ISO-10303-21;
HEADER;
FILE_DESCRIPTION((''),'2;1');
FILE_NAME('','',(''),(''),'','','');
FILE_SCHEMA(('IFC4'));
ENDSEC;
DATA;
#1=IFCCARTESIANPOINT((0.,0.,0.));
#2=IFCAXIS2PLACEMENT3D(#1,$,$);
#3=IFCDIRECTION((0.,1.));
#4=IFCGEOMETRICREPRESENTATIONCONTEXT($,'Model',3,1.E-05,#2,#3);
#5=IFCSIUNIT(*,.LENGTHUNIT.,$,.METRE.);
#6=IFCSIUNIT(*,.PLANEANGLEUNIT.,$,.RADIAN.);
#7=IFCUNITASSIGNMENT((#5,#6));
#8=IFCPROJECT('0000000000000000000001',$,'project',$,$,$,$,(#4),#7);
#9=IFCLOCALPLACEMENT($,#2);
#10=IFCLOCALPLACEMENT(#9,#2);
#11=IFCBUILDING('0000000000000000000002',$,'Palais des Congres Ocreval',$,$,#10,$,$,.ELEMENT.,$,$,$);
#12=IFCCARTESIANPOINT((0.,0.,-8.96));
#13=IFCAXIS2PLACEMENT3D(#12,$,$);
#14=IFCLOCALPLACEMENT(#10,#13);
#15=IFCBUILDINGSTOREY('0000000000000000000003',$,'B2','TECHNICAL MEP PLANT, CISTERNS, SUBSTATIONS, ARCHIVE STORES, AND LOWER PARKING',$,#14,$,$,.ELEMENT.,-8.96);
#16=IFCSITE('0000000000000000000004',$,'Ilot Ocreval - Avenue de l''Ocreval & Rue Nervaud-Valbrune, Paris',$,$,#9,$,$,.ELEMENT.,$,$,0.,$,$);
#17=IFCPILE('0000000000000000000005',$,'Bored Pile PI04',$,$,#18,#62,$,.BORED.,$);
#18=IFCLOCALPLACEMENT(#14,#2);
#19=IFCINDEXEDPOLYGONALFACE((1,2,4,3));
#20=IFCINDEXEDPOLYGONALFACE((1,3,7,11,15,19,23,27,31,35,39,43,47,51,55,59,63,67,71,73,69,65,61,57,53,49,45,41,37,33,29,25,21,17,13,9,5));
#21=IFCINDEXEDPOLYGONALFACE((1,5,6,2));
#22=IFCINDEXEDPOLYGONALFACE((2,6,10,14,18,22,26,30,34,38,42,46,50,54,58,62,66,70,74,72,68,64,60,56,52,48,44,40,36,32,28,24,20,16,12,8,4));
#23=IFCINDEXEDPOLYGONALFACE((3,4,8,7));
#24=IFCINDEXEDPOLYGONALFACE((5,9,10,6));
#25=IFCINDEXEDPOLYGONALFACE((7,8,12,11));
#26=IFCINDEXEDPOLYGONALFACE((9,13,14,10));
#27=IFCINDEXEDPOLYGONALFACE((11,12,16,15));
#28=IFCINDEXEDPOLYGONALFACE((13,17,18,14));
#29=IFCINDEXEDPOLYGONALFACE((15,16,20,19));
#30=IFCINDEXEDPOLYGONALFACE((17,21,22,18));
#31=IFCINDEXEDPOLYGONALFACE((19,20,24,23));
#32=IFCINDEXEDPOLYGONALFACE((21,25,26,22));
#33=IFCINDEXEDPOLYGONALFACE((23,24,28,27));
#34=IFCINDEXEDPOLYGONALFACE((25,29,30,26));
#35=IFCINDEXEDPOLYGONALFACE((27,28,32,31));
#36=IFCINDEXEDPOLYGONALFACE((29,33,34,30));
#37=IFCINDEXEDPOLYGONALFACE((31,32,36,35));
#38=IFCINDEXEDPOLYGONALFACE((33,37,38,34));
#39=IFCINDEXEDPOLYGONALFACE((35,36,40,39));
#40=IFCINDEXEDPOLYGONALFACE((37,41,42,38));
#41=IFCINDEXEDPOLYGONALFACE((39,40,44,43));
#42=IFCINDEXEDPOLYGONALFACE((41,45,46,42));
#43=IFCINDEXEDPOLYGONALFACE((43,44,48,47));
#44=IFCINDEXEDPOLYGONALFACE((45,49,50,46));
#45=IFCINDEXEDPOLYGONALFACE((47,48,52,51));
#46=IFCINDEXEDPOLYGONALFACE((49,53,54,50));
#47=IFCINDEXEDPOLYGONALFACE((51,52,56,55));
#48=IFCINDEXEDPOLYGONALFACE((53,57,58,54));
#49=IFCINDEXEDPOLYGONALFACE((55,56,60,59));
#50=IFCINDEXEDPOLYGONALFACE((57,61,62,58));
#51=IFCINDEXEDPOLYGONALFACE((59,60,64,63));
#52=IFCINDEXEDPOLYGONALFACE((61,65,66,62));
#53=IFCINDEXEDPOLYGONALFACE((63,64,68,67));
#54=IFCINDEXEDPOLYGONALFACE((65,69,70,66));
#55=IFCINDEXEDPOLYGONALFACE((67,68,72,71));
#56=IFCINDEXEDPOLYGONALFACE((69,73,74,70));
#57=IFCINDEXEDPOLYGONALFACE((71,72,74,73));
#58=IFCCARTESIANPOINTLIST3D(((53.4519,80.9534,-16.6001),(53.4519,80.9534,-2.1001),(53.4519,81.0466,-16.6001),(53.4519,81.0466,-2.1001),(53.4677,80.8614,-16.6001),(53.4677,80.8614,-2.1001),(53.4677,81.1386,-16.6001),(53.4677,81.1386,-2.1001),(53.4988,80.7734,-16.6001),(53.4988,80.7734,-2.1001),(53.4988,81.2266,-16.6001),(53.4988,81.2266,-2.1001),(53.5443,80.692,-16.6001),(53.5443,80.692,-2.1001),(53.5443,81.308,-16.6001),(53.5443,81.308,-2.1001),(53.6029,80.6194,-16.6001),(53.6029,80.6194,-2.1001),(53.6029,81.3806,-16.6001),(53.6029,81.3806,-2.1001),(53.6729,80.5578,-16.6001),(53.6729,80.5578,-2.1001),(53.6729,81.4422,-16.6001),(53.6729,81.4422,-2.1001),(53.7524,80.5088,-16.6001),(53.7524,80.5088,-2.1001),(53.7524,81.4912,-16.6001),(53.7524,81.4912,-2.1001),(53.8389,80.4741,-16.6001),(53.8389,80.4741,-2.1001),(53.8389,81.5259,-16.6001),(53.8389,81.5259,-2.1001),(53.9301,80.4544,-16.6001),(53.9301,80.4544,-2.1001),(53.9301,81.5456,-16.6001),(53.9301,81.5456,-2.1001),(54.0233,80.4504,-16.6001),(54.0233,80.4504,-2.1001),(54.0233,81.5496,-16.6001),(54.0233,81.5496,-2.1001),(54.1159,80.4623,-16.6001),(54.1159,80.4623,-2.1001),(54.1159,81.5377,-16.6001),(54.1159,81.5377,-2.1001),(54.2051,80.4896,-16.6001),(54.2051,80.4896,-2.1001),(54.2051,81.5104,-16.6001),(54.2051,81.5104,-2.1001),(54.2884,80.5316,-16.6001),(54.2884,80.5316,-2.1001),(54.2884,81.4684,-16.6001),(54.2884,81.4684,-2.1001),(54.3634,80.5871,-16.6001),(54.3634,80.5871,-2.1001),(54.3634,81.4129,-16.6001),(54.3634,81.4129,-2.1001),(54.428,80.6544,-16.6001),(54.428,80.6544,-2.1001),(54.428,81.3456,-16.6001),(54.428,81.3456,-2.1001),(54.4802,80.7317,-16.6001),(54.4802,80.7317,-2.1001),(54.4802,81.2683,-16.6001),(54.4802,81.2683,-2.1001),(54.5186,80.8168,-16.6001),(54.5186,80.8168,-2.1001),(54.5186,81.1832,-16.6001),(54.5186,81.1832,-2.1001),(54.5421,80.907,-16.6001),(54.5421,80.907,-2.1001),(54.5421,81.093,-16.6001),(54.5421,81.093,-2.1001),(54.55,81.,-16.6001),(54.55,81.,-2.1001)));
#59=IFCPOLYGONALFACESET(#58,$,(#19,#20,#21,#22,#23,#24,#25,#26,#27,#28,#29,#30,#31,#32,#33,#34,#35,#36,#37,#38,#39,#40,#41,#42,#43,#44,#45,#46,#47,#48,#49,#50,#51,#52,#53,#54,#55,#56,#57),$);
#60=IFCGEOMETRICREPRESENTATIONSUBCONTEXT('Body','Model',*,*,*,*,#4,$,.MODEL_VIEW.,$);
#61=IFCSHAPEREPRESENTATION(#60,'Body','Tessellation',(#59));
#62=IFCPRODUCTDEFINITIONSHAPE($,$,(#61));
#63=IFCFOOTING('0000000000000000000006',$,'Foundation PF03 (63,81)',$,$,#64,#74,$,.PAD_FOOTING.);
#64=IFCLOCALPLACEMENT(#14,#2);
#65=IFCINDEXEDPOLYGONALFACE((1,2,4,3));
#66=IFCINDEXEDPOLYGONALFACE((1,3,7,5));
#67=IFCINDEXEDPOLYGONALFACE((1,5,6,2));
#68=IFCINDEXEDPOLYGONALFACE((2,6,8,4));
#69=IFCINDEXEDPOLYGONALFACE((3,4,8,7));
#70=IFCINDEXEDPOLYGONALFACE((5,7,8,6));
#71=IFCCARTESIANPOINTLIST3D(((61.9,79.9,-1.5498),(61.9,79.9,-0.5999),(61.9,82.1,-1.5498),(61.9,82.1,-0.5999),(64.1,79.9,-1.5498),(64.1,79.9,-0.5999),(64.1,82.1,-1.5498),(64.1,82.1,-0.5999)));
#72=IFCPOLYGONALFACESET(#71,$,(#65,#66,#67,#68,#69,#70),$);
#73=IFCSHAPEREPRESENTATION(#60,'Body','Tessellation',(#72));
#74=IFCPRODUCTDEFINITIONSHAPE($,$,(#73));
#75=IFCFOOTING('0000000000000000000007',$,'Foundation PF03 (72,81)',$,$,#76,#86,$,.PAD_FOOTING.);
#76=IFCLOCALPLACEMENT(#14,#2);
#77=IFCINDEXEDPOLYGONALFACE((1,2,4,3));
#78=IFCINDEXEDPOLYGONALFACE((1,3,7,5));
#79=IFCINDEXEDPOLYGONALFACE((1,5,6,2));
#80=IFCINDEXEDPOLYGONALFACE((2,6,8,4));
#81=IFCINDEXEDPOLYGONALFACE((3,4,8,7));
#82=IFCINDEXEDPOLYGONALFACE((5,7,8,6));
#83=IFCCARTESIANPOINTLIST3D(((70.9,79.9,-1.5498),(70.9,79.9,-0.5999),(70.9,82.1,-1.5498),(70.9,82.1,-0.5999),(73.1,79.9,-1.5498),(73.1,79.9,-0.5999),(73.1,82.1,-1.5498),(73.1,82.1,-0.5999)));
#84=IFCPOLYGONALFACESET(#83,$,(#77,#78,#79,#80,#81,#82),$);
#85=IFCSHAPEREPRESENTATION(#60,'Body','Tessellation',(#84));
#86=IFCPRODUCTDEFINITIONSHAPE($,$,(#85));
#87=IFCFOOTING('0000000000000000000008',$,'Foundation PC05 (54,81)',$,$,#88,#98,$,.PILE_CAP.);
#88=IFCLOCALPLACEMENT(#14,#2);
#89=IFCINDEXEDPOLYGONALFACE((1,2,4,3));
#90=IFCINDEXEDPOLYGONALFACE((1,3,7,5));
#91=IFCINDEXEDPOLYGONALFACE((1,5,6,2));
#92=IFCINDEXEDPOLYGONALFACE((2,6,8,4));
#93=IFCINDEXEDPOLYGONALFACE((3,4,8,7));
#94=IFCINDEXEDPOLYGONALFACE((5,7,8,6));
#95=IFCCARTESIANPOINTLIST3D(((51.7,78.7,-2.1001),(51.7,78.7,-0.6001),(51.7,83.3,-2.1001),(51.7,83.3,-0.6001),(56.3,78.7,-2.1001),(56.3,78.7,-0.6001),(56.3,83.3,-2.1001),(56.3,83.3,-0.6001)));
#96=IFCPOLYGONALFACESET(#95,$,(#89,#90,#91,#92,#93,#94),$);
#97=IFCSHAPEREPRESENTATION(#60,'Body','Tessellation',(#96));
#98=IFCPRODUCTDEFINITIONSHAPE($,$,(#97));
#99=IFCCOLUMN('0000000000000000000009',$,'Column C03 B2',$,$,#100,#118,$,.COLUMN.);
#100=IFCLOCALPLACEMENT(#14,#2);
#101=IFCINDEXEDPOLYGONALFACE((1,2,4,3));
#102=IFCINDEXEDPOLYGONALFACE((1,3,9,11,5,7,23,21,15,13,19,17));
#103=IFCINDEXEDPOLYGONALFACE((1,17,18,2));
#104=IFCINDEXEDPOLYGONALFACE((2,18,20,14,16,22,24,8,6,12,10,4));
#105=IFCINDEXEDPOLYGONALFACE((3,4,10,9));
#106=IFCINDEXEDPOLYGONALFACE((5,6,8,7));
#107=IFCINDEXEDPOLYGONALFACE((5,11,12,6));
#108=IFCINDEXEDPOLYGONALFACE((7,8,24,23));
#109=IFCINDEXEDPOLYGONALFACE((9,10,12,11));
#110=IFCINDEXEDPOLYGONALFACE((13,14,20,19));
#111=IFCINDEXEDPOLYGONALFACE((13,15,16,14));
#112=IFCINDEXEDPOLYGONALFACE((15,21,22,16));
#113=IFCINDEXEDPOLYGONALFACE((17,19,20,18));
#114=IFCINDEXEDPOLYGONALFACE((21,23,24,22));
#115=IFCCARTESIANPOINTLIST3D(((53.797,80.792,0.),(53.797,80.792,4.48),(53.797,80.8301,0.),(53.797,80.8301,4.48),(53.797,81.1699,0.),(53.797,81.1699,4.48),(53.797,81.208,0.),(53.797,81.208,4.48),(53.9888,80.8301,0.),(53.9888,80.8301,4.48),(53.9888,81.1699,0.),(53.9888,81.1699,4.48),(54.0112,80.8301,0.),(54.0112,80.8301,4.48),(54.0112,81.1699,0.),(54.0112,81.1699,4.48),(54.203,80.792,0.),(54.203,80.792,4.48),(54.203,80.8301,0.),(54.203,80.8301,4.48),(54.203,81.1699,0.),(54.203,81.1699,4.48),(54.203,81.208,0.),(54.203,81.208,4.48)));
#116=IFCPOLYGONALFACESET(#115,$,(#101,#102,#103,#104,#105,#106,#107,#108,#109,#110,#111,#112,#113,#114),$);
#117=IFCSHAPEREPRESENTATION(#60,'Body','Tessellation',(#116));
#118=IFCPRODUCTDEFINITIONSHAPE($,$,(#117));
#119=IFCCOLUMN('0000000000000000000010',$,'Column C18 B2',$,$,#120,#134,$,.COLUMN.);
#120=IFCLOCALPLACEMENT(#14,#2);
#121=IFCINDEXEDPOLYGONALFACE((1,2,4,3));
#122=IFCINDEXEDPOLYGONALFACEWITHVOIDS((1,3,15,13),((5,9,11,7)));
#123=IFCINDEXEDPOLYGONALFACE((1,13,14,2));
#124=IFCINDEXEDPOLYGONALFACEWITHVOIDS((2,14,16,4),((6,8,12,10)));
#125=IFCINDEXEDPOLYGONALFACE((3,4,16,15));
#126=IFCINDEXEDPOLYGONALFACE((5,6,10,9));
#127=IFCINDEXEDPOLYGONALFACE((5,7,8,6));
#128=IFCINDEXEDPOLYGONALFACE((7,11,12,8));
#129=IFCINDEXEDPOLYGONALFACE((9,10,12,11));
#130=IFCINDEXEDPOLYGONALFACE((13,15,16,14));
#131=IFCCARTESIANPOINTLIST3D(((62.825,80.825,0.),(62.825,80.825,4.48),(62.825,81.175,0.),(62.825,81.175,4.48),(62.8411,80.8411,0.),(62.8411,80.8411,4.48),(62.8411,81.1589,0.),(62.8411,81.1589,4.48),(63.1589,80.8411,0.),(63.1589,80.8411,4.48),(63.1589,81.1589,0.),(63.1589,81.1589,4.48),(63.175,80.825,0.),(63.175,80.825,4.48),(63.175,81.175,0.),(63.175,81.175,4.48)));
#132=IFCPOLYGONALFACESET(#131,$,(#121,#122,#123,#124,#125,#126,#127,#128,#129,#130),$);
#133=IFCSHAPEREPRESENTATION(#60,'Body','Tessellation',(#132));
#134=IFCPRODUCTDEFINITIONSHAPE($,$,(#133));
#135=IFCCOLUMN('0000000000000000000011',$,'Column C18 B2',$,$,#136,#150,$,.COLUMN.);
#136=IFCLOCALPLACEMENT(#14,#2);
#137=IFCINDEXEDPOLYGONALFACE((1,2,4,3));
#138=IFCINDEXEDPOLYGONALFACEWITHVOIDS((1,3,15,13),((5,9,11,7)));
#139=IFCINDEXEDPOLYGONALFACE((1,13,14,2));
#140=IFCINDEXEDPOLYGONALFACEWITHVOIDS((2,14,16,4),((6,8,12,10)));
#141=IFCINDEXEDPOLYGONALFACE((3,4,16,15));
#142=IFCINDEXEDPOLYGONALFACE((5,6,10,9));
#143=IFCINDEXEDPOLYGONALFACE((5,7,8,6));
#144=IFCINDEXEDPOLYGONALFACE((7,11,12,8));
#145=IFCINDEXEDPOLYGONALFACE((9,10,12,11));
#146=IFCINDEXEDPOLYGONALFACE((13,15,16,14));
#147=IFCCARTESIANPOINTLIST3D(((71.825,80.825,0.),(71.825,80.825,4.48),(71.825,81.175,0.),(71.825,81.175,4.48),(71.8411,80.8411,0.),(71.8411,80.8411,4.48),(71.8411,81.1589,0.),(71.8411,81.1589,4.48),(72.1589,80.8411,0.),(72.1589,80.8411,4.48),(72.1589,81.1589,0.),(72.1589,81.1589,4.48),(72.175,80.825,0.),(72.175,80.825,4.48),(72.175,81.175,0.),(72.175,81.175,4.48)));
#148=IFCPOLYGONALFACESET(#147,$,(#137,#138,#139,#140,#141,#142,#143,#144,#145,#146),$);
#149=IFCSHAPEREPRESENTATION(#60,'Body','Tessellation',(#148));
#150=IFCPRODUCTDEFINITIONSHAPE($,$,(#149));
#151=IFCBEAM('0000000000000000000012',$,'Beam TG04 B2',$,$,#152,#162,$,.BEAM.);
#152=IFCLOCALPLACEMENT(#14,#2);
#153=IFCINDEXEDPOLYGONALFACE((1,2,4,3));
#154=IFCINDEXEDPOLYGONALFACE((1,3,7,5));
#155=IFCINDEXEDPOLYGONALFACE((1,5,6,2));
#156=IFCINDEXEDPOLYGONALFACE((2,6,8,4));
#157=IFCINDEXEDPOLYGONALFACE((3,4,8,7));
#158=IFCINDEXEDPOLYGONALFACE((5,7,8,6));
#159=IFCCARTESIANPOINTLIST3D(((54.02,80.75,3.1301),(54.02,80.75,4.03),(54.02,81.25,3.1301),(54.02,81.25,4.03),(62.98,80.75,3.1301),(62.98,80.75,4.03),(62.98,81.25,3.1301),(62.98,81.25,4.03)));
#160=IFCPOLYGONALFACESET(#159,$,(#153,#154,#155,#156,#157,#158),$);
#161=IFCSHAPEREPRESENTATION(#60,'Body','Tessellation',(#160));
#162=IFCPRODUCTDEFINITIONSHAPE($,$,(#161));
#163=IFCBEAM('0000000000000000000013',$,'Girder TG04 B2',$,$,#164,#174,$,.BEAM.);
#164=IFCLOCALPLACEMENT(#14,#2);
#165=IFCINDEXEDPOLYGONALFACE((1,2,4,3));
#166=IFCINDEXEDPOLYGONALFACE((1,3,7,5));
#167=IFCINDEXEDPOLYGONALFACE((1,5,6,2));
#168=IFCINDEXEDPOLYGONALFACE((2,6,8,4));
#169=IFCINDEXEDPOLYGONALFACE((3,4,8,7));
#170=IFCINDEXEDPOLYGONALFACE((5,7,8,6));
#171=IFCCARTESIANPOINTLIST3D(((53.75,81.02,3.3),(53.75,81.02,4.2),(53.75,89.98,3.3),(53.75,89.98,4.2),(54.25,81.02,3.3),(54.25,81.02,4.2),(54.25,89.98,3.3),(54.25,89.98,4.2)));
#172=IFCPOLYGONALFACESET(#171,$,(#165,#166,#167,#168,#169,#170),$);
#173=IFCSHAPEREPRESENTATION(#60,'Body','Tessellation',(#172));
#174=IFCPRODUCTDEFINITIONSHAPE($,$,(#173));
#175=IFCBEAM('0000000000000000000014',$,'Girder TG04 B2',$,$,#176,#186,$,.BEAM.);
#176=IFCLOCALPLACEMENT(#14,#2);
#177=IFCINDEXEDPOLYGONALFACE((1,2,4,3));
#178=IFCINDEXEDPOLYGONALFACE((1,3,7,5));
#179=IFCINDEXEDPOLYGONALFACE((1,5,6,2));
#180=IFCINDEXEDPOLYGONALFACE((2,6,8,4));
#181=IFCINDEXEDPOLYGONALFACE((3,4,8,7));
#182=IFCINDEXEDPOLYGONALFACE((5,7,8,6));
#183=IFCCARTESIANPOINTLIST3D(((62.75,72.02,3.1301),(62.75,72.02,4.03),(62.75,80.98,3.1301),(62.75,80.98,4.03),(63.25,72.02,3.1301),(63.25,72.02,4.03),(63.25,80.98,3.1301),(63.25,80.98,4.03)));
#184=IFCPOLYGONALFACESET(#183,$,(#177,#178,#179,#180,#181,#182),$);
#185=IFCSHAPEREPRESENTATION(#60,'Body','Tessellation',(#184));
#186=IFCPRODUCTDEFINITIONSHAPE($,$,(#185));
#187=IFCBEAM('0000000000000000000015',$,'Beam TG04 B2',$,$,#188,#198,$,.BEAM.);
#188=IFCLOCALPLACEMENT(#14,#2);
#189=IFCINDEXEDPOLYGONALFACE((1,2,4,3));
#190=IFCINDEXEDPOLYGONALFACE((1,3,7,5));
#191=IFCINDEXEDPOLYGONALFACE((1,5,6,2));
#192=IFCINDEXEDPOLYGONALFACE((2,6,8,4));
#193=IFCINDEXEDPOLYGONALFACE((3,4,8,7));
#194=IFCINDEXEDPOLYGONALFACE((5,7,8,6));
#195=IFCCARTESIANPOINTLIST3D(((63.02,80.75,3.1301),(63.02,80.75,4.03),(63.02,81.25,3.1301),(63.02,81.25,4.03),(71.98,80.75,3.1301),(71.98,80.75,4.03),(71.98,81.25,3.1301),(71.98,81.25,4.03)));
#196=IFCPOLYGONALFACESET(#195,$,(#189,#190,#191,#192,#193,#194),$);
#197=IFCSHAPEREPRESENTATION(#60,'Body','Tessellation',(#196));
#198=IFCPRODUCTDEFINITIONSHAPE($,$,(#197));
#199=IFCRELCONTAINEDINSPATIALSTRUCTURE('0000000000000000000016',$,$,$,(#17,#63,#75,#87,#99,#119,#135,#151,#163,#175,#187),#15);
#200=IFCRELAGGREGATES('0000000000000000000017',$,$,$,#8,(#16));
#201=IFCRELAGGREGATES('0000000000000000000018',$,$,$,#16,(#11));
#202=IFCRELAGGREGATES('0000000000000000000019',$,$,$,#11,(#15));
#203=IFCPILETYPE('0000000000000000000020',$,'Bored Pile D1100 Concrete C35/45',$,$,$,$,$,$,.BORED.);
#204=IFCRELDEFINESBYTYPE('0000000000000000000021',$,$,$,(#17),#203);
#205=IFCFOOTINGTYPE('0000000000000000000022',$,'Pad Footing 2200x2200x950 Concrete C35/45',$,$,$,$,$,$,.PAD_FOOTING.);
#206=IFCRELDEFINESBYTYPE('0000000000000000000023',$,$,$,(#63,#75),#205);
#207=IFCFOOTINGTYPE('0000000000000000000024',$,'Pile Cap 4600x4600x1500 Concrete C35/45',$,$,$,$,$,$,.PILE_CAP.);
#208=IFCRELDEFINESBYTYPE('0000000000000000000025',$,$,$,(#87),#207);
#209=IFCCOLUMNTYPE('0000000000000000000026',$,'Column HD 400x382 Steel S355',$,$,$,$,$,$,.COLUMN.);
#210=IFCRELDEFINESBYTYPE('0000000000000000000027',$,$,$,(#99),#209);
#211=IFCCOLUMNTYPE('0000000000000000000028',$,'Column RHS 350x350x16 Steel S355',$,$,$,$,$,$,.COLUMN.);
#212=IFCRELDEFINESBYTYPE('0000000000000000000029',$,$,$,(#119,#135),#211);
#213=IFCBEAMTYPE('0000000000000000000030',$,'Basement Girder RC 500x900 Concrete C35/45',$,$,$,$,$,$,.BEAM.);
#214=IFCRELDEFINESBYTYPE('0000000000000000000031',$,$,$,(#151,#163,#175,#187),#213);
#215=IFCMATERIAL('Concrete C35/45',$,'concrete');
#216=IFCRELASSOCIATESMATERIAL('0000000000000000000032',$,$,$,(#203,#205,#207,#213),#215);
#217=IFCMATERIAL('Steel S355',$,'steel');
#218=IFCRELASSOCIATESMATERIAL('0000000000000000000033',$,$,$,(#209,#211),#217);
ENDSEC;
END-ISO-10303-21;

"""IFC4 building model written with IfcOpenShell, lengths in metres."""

from ifc_helpers import new_model, si_unit, direction, frame, origin, origin_2d, place, context, subcontext, project, spatial, rectangle, hollow_rectangle, circle, i_section, extrude, material, material_profile, profile_set, type_object, element, save


model = new_model("IFC4")

# Units and contexts
model_context = context("Model", 3, precision=1e-05, world=origin(), true_north=direction((0.0, 1.0)))
body_context = subcontext(model_context, "Body", "Model", "MODEL_VIEW")
ifc_project = project(units=[si_unit("LENGTHUNIT", "METRE"), si_unit("PLANEANGLEUNIT", "RADIAN")], contexts=[model_context])

# Site, building, storey
site_placement = place(None, origin())
site = spatial("IfcSite", under=ifc_project, at=site_placement, Name="Ilot Ocreval - Avenue de l'Ocreval & Rue Nervaud-Valbrune, Paris", CompositionType="ELEMENT", RefElevation=0.0)
building_placement = place(site_placement, origin())
building = spatial("IfcBuilding", under=site, at=building_placement, Name="Palais des Congres Ocreval", CompositionType="ELEMENT")
storey_placement = place(building_placement, frame((0.0, 0.0, -8.96)))
storey = spatial("IfcBuildingStorey", under=building, at=storey_placement, Name="B2", Description="TECHNICAL MEP PLANT, CISTERNS, SUBSTATIONS, ARCHIVE STORES, AND LOWER PARKING", CompositionType="ELEMENT", Elevation=-8.96)

# Pile
ifc_material_1 = material(Name="Concrete C35/45", Category="concrete")
ifc_material_profile_1 = material_profile(ifc_material_1, circle(Radius=0.55, at=origin_2d()), Name="BORED PILE 1100")
ifc_profile_set_1 = profile_set([ifc_material_profile_1], Name="Concrete C35/45")
pile_type = type_object("IfcPileType", Name="Bored Pile D1100 Concrete C35/45", PredefinedType="BORED", material=ifc_profile_set_1)
pile_placement = place(storey_placement, frame((54.0, 81.0, -2.1001), z_axis=(0.0, 0.0, -1.0), x_axis=(1.0, 0.0, 0.0)))
element("IfcPile", 1, at=pile_placement, inside=storey, type_object=pile_type, Name="Bored Pile PI04", PredefinedType="BORED", context=body_context, shape_type="SweptSolid", body=[
    extrude(circle(Radius=0.55, at=origin_2d()), origin(), (0.0, 0.0, 1.0), 14.5),
])

# Footings
footing_type_1 = type_object("IfcFootingType", Name="Pad Footing 2200x2200x950 Concrete C35/45", PredefinedType="PAD_FOOTING", material=ifc_material_1)
for number, where, z_axis, x_axis, name in (
    (2, (63.0, 81.0, -1.5498), (0.0, 0.0, 1.0), (1.0, 0.0, 0.0), "Foundation PF03 (63,81)"),
    (3, (72.0, 81.0, -1.5498), (0.0, 0.0, 1.0), (1.0, 0.0, 0.0), "Foundation PF03 (72,81)"),
):
    element("IfcFooting", number, at=place(storey_placement, frame(where, z_axis=z_axis, x_axis=x_axis)), inside=storey, type_object=footing_type_1, Name=name, PredefinedType="PAD_FOOTING", context=body_context, shape_type="SweptSolid", body=[
        extrude(rectangle(XDim=2.2, YDim=2.2, at=origin_2d()), origin(), (0.0, 0.0, 1.0), 0.95),
    ])
footing_type_2 = type_object("IfcFootingType", Name="Pile Cap 4600x4600x1500 Concrete C35/45", PredefinedType="PILE_CAP", material=ifc_material_1)
footing_placement = place(storey_placement, frame((54.0, 81.0, -2.1001), z_axis=(0.0, 0.0, 1.0), x_axis=(1.0, 0.0, 0.0)))
element("IfcFooting", 4, at=footing_placement, inside=storey, type_object=footing_type_2, Name="Foundation PC05 (54,81)", PredefinedType="PILE_CAP", context=body_context, shape_type="SweptSolid", body=[
    extrude(rectangle(XDim=4.6001, YDim=4.6001, at=origin_2d()), origin(), (0.0, 0.0, 1.0), 1.5),
])

# Columns
ifc_material_2 = material(Name="Steel S355", Category="steel")
ifc_material_profile_2 = material_profile(ifc_material_2, i_section(OverallWidth=0.406, OverallDepth=0.416, WebThickness=0.0225, FlangeThickness=0.0381, at=origin_2d()), Name="HD 400x382")
ifc_profile_set_2 = profile_set([ifc_material_profile_2], Name="Steel S355")
column_type_1 = type_object("IfcColumnType", Name="Column HD 400x382 Steel S355", PredefinedType="COLUMN", material=ifc_profile_set_2)
column_placement = place(storey_placement, frame((54.0, 81.0, 0.0), z_axis=(0.0, 0.0, 1.0), x_axis=(1.0, 0.0, 0.0)))
element("IfcColumn", 5, at=column_placement, inside=storey, type_object=column_type_1, Name="Column C03 B2", PredefinedType="COLUMN", context=body_context, shape_type="SweptSolid", body=[
    extrude(i_section(OverallWidth=0.406, OverallDepth=0.416, WebThickness=0.0225, FlangeThickness=0.0381, at=origin_2d()), origin(), (0.0, 0.0, 1.0), 4.48),
])
ifc_material_profile_3 = material_profile(ifc_material_2, hollow_rectangle(XDim=0.3501, YDim=0.3501, WallThickness=0.0161, at=origin_2d()), Name="RHS 350x350x16")
ifc_profile_set_3 = profile_set([ifc_material_profile_3], Name="Steel S355")
column_type_2 = type_object("IfcColumnType", Name="Column RHS 350x350x16 Steel S355", PredefinedType="COLUMN", material=ifc_profile_set_3)
for number, where, z_axis, x_axis, name in (
    (6, (63.0, 81.0, 0.0), (0.0, 0.0, 1.0), (1.0, 0.0, 0.0), "Column C18 B2"),
    (7, (72.0, 81.0, 0.0), (0.0, 0.0, 1.0), (1.0, 0.0, 0.0), "Column C18 B2"),
):
    element("IfcColumn", number, at=place(storey_placement, frame(where, z_axis=z_axis, x_axis=x_axis)), inside=storey, type_object=column_type_2, Name=name, PredefinedType="COLUMN", context=body_context, shape_type="SweptSolid", body=[
        extrude(hollow_rectangle(XDim=0.3501, YDim=0.3501, WallThickness=0.0161, at=origin_2d()), origin(), (0.0, 0.0, 1.0), 4.48),
    ])

# Beams
ifc_material_profile_4 = material_profile(ifc_material_1, rectangle(XDim=0.5, YDim=0.8999, at=origin_2d()), Name="RC 500x900")
ifc_profile_set_4 = profile_set([ifc_material_profile_4], Name="Concrete C35/45")
beam_type = type_object("IfcBeamType", Name="Basement Girder RC 500x900 Concrete C35/45", PredefinedType="BEAM", material=ifc_profile_set_4)
for number, where, z_axis, x_axis, name in (
    (8, (54.02, 81.0, 3.5801), (1.0, 0.0, 0.0), (0.0, 1.0, 0.0), "Beam TG04 B2"),
    (9, (54.0, 81.02, 3.75), (0.0, 1.0, 0.0), (-1.0, 0.0, 0.0), "Girder TG04 B2"),
    (10, (63.0, 72.02, 3.5801), (0.0, 1.0, 0.0), (-1.0, 0.0, 0.0), "Girder TG04 B2"),
    (11, (63.02, 81.0, 3.5801), (1.0, 0.0, 0.0), (0.0, 1.0, 0.0), "Beam TG04 B2"),
):
    element("IfcBeam", number, at=place(storey_placement, frame(where, z_axis=z_axis, x_axis=x_axis)), inside=storey, type_object=beam_type, Name=name, PredefinedType="BEAM", context=body_context, shape_type="SweptSolid", body=[
        extrude(rectangle(XDim=0.5, YDim=0.8999, at=origin_2d()), origin(), (0.0, 0.0, 1.0), 8.96),
    ])

save(model, "model.ifc")
